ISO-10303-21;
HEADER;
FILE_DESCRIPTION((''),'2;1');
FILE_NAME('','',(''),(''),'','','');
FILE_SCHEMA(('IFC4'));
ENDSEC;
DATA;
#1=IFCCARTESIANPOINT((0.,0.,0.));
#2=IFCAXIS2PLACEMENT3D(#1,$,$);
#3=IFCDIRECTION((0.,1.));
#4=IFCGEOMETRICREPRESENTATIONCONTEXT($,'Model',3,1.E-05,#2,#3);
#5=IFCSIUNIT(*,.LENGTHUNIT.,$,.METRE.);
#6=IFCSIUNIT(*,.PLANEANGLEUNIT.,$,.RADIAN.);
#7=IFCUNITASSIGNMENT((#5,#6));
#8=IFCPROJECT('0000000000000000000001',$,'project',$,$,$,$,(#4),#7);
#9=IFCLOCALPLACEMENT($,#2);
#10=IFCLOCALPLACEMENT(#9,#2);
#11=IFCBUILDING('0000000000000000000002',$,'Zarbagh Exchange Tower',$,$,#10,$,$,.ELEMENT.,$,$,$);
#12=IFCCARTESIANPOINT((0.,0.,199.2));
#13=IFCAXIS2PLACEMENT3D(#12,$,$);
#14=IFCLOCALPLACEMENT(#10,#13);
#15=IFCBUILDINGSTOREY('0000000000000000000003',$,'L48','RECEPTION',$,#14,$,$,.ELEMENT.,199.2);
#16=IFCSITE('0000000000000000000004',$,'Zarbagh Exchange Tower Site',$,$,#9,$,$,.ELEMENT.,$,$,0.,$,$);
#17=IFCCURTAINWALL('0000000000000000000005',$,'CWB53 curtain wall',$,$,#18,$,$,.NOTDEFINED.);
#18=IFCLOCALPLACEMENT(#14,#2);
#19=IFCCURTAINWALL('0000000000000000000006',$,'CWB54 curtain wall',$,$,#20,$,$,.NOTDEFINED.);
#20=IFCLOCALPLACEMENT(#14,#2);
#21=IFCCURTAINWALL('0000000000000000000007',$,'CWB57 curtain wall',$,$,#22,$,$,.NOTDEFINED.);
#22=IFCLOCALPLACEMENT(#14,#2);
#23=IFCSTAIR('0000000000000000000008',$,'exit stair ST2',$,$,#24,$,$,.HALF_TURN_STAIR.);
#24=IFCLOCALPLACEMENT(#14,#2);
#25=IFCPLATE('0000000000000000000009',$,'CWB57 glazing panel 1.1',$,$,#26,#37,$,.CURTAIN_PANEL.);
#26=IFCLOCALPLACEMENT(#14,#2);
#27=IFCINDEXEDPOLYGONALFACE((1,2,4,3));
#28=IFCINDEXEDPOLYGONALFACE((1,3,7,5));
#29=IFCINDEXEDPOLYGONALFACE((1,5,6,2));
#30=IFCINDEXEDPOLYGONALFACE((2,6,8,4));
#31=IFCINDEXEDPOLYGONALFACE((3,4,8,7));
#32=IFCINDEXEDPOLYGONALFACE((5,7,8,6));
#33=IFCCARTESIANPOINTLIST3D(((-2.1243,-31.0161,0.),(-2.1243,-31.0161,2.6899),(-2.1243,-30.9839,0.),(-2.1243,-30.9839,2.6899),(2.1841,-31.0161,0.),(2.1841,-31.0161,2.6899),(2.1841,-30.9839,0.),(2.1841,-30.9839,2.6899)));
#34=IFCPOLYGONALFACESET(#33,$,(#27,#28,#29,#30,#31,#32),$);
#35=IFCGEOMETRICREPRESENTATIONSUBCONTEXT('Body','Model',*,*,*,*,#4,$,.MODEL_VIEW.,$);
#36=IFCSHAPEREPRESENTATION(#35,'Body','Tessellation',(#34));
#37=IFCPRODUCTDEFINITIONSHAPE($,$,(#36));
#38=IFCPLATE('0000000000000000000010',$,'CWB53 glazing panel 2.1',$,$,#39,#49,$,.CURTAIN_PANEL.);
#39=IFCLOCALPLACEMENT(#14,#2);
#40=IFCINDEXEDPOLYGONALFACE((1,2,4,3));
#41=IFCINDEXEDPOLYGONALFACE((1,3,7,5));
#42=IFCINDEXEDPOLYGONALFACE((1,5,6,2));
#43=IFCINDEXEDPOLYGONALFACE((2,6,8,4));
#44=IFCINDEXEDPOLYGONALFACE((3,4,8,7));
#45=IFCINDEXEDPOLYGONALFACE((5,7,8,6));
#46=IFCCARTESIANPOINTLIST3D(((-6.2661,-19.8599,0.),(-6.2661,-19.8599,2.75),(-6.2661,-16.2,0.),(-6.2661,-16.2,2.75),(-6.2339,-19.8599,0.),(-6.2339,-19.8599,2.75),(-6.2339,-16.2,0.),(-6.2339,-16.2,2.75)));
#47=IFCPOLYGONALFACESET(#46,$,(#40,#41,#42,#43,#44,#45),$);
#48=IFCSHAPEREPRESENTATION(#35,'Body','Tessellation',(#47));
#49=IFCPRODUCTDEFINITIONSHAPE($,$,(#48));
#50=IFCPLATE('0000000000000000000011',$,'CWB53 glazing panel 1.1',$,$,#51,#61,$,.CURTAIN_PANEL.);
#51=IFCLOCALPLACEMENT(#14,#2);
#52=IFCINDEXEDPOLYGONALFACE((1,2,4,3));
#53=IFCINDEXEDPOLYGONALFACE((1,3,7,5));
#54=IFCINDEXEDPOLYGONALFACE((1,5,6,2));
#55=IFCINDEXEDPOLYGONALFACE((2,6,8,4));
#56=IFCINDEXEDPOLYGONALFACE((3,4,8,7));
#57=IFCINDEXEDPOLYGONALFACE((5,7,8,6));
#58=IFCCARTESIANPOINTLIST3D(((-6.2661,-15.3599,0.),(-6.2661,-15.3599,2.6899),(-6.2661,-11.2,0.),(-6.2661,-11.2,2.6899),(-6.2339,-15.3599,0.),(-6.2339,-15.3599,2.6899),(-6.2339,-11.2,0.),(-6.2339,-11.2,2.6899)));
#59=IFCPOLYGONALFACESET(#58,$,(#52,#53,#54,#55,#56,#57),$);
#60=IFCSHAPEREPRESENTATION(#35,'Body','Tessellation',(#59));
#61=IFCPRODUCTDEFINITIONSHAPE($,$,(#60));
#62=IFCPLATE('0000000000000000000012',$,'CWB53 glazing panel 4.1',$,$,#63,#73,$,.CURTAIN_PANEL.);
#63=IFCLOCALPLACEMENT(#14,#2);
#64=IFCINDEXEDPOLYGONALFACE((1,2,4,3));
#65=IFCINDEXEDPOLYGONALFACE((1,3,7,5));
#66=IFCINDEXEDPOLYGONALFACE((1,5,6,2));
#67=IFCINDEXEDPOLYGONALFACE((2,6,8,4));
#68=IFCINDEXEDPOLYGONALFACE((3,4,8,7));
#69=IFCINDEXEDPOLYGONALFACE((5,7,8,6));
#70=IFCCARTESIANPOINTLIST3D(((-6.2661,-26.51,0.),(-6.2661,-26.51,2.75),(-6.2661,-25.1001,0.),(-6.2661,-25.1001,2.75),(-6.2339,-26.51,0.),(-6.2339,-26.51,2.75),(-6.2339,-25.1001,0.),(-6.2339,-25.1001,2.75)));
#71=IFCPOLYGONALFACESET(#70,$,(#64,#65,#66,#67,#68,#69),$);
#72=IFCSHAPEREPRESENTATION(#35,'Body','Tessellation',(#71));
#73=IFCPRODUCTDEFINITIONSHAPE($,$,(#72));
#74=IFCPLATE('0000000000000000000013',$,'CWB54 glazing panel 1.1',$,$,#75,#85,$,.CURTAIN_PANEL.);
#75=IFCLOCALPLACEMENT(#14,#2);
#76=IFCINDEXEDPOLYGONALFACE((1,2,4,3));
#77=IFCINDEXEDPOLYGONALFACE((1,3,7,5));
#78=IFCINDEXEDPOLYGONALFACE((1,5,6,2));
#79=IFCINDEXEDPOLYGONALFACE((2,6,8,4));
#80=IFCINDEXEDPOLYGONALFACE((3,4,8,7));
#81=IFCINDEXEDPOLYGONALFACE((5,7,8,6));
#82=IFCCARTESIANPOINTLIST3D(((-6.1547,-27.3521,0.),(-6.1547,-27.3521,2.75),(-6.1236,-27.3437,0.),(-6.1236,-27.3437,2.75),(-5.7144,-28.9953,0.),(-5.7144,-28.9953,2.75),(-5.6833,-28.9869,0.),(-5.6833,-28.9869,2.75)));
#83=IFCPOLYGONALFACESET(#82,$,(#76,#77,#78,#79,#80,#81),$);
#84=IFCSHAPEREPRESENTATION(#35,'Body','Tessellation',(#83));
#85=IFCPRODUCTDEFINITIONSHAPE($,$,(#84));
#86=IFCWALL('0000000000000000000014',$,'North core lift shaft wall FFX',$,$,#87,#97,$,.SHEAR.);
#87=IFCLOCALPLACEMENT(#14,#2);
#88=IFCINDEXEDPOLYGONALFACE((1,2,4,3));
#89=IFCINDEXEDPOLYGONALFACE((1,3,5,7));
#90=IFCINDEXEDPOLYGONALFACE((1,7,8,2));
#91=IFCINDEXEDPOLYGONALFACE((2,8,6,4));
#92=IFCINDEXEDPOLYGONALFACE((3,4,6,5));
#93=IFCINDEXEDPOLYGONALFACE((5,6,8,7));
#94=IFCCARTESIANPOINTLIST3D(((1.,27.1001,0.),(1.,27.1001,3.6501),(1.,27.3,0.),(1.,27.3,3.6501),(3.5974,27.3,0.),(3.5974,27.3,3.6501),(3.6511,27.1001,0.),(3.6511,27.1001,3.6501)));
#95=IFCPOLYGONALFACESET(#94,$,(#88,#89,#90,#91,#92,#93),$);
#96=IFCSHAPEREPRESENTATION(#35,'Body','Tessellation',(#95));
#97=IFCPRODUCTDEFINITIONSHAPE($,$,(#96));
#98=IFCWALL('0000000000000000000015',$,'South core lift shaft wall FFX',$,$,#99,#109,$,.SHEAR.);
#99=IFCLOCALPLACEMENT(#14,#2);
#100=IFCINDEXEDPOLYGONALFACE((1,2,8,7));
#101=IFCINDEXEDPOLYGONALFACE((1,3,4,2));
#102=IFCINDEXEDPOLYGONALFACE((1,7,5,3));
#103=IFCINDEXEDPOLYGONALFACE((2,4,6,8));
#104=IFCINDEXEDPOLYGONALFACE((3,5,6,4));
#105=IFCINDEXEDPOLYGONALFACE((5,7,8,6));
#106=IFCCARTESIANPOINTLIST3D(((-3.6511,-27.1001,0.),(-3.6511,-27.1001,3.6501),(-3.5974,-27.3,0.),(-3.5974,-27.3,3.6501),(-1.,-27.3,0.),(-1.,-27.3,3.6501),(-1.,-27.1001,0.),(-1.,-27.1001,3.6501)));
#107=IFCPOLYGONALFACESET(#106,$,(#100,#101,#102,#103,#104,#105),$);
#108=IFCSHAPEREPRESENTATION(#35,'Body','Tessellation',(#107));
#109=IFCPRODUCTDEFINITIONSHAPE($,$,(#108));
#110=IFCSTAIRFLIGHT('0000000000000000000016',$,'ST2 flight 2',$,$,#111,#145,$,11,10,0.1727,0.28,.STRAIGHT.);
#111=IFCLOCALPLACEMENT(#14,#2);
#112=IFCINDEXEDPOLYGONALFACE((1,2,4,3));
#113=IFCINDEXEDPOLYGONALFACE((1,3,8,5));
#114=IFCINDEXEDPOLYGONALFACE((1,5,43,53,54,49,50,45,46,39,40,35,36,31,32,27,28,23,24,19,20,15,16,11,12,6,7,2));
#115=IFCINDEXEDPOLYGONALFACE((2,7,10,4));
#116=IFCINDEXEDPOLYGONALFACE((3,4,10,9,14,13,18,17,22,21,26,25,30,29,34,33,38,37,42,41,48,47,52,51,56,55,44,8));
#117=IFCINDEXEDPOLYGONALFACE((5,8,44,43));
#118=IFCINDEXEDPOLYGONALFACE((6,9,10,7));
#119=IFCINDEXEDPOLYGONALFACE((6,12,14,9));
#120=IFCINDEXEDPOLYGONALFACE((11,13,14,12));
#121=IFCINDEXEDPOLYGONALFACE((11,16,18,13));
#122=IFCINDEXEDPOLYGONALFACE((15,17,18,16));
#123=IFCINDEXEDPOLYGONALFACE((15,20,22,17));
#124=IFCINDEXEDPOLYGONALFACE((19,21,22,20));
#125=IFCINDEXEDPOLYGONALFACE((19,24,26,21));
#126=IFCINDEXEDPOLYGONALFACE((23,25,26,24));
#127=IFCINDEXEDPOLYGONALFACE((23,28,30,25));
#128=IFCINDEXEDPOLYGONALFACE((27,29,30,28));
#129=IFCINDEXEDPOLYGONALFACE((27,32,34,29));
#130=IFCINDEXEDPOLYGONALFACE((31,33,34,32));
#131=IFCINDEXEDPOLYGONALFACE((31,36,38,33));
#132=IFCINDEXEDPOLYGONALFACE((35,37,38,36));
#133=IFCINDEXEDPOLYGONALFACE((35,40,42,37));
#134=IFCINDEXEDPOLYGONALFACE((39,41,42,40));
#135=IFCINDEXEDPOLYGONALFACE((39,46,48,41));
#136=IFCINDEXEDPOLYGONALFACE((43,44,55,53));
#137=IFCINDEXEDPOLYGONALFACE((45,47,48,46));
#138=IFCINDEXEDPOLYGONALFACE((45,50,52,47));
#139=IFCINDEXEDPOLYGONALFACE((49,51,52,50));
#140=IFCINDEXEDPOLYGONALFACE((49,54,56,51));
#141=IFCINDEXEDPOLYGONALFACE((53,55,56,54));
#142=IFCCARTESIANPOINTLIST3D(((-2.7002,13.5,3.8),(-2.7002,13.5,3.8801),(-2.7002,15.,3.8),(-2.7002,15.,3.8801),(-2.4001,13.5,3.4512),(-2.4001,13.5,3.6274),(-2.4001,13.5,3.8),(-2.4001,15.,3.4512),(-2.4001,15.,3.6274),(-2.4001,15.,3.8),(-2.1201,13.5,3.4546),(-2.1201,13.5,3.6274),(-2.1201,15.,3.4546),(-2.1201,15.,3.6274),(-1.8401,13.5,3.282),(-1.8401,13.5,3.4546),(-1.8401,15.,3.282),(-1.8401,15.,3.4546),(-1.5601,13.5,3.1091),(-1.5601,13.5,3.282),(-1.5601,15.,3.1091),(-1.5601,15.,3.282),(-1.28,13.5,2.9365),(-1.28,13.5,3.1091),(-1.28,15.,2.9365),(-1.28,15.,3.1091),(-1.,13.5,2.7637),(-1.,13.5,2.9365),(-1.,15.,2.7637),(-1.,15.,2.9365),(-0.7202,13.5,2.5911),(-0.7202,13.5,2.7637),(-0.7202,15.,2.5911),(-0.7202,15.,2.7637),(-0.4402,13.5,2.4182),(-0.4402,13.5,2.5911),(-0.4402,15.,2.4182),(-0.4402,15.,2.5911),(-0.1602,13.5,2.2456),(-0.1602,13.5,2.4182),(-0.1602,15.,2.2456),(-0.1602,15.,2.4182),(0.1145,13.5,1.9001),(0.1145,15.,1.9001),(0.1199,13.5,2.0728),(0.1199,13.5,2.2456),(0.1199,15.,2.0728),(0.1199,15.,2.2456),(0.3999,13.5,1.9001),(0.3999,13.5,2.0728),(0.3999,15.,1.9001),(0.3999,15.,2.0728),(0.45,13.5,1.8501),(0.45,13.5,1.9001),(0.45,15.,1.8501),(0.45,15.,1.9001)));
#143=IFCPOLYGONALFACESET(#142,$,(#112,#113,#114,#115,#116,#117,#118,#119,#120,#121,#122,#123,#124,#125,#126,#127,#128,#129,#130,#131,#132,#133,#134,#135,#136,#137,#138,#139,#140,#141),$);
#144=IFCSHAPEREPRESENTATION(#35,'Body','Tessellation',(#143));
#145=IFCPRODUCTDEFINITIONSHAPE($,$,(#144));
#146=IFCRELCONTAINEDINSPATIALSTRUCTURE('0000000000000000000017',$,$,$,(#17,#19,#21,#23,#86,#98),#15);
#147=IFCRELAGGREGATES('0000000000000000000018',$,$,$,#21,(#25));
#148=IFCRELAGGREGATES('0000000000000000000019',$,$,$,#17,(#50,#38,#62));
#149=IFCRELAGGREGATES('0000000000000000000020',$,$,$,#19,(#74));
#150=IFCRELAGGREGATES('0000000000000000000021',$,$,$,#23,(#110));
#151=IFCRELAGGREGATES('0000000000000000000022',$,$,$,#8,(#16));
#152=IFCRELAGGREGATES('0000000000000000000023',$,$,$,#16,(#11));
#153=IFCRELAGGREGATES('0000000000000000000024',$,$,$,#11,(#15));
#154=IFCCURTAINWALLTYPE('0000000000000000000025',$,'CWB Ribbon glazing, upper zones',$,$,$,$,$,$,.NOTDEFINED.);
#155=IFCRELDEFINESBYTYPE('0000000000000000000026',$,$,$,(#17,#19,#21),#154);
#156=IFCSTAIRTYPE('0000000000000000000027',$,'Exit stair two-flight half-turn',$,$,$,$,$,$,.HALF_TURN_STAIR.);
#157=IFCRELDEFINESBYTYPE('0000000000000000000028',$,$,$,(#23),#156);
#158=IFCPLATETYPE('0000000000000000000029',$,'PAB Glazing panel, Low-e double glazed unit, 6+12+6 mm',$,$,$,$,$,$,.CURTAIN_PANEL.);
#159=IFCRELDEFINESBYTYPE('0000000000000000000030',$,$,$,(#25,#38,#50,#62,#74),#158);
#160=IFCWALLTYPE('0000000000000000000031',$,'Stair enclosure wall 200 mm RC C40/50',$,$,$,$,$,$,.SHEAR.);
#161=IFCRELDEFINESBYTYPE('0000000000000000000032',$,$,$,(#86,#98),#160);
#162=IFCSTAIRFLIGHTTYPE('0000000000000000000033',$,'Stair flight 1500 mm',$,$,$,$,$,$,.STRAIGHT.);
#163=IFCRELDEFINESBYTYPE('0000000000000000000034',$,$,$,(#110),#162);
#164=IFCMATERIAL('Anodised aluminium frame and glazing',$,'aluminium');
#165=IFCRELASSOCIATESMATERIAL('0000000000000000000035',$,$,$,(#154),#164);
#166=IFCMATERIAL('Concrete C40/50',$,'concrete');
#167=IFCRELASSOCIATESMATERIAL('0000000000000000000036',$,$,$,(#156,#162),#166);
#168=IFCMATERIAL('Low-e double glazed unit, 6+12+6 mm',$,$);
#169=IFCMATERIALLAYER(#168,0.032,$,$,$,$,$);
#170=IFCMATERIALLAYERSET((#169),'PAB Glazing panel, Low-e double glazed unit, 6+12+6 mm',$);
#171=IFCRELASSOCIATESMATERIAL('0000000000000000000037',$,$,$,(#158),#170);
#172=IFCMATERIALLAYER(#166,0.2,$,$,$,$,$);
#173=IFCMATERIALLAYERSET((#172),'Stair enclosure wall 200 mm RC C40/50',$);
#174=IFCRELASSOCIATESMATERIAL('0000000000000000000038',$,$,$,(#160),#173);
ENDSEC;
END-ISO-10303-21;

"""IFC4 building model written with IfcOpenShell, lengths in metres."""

from ifc_helpers import new_model, si_unit, direction, frame, origin, place, context, subcontext, project, spatial, polyline, outline, extrude, source, transform, mapped, material, layer, layer_set, type_object, element, aggregate, save


model = new_model("IFC4")

# Units and contexts
model_context = context("Model", 3, precision=1e-05, world=origin(), true_north=direction((0.0, 1.0)))
body_context = subcontext(model_context, "Body", "Model", "MODEL_VIEW")
ifc_project = project(units=[si_unit("LENGTHUNIT", "METRE"), si_unit("PLANEANGLEUNIT", "RADIAN")], contexts=[model_context])

# Site, building, storey
site_placement = place(None, origin())
site = spatial("IfcSite", under=ifc_project, at=site_placement, Name="Zarbagh Exchange Tower Site", CompositionType="ELEMENT", RefElevation=0.0)
building_placement = place(site_placement, origin())
building = spatial("IfcBuilding", under=site, at=building_placement, Name="Zarbagh Exchange Tower", CompositionType="ELEMENT")
storey_placement = place(building_placement, frame((0.0, 0.0, 199.2)))
storey = spatial("IfcBuildingStorey", under=building, at=storey_placement, Name="L48", Description="RECEPTION", CompositionType="ELEMENT", Elevation=199.2)

# Curtain wall
ifc_material_1 = material(Name="Anodised aluminium frame and glazing", Category="aluminium")
curtain_wall_type = type_object("IfcCurtainWallType", Name="CWB Ribbon glazing, upper zones", PredefinedType="NOTDEFINED", material=ifc_material_1)
curtain_wall_1_placement = place(storey_placement, origin())
curtain_wall_1 = element("IfcCurtainWall", 1, at=curtain_wall_1_placement, inside=storey, type_object=curtain_wall_type, Name="CWB53 curtain wall", PredefinedType="NOTDEFINED")
placement = place(storey_placement, origin())

# Curtain wall
curtain_wall_2_placement = place(storey_placement, origin())
curtain_wall_2 = element("IfcCurtainWall", 2, at=curtain_wall_2_placement, inside=storey, type_object=curtain_wall_type, Name="CWB54 curtain wall", PredefinedType="NOTDEFINED")

# Curtain wall
curtain_wall_3_placement = place(storey_placement, origin())
curtain_wall_3 = element("IfcCurtainWall", 3, at=curtain_wall_3_placement, inside=storey, type_object=curtain_wall_type, Name="CWB57 curtain wall", PredefinedType="NOTDEFINED")

# Stair
ifc_material_2 = material(Name="Concrete C40/50", Category="concrete")
stair_type = type_object("IfcStairType", Name="Exit stair two-flight half-turn", PredefinedType="HALF_TURN_STAIR", material=ifc_material_2)
stair_1_placement = place(storey_placement, origin())
stair_1 = element("IfcStair", 4, at=stair_1_placement, inside=storey, type_object=stair_type, Name="exit stair ST2", PredefinedType="HALF_TURN_STAIR")

# Shared definitions
ifc_material_3 = material(Name="Low-e double glazed unit, 6+12+6 mm")
ifc_layer_1 = layer(ifc_material_3, 0.032)
ifc_layer_set_1 = layer_set([ifc_layer_1], Name="PAB Glazing panel, Low-e double glazed unit, 6+12+6 mm")
plate_type = type_object("IfcPlateType", Name="PAB Glazing panel, Low-e double glazed unit, 6+12+6 mm", PredefinedType="CURTAIN_PANEL", material=ifc_layer_set_1)

# Plates
shared_shape_1 = source(origin(), body_context, "Body", "SweptSolid", [
    extrude(outline(polyline([(0.0, -0.0161), (4.3083, -0.0161), (4.3083, 0.0161), (0.0, 0.0161), (0.0, -0.0161)])), origin(), (0.0, 0.0, 1.0), 2.6899),
])
plate_1 = element("IfcPlate", 5, at=placement, type_object=plate_type, Name="CWB57 glazing panel 1.1", PredefinedType="CURTAIN_PANEL", context=body_context, shape_type="MappedRepresentation", body=[
    mapped(shared_shape_1, transform((-2.1243, -31.0, 0.0), x_axis=(1.0, 0.0, 0.0), y_axis=(0.0, 1.0, 0.0), z_axis=(0.0, 0.0, 1.0))),
])
aggregate(curtain_wall_3, [plate_1])
shared_shape_2 = source(origin(), body_context, "Body", "SweptSolid", [
    extrude(outline(polyline([(0.0, -0.0161), (3.6599, -0.0161), (3.6599, 0.0161), (0.0, 0.0161), (0.0, -0.0161)])), origin(), (0.0, 0.0, 1.0), 2.75),
])
plate_2 = element("IfcPlate", 6, at=placement, type_object=plate_type, Name="CWB53 glazing panel 2.1", PredefinedType="CURTAIN_PANEL", context=body_context, shape_type="MappedRepresentation", body=[
    mapped(shared_shape_2, transform((-6.25, -16.2, 0.0), x_axis=(0.0, -1.0, 0.0), y_axis=(1.0, 0.0, 0.0), z_axis=(0.0, 0.0, 1.0))),
])
shared_shape_3 = source(origin(), body_context, "Body", "SweptSolid", [
    extrude(outline(polyline([(0.0, -0.0161), (4.1599, -0.0161), (4.1599, 0.0161), (0.0, 0.0161), (0.0, -0.0161)])), origin(), (0.0, 0.0, 1.0), 2.6899),
])
plate_3 = element("IfcPlate", 7, at=placement, type_object=plate_type, Name="CWB53 glazing panel 1.1", PredefinedType="CURTAIN_PANEL", context=body_context, shape_type="MappedRepresentation", body=[
    mapped(shared_shape_3, transform((-6.25, -11.2, 0.0), x_axis=(0.0, -1.0, 0.0), y_axis=(1.0, 0.0, 0.0), z_axis=(0.0, 0.0, 1.0))),
])
shared_shape_4 = source(origin(), body_context, "Body", "SweptSolid", [
    extrude(outline(polyline([(0.0, -0.0161), (1.4099, -0.0161), (1.4099, 0.0161), (0.0, 0.0161), (0.0, -0.0161)])), origin(), (0.0, 0.0, 1.0), 2.75),
])
plate_4 = element("IfcPlate", 8, at=placement, type_object=plate_type, Name="CWB53 glazing panel 4.1", PredefinedType="CURTAIN_PANEL", context=body_context, shape_type="MappedRepresentation", body=[
    mapped(shared_shape_4, transform((-6.25, -25.1001, 0.0), x_axis=(0.0, -1.0, 0.0), y_axis=(1.0, 0.0, 0.0), z_axis=(0.0, 0.0, 1.0))),
])
aggregate(curtain_wall_1, [plate_3, plate_2, plate_4])
shared_shape_5 = source(origin(), body_context, "Body", "SweptSolid", [
    extrude(outline(polyline([(0.0, -0.0161), (1.7012, -0.0161), (1.7012, 0.0161), (0.0, 0.0161), (0.0, -0.0161)])), origin(), (0.0, 0.0, 1.0), 2.75),
])
plate_5 = element("IfcPlate", 9, at=placement, type_object=plate_type, Name="CWB54 glazing panel 1.1", PredefinedType="CURTAIN_PANEL", context=body_context, shape_type="MappedRepresentation", body=[
    mapped(shared_shape_5, transform((-6.1392, -27.3479, 0.0), x_axis=(0.258825, -0.965924, 0.0), y_axis=(0.965924, 0.258825, 0.0), z_axis=(0.0, 0.0, 1.0))),
])
aggregate(curtain_wall_2, [plate_5])

# Walls
ifc_layer_2 = layer(ifc_material_2, 0.2)
ifc_layer_set_2 = layer_set([ifc_layer_2], Name="Stair enclosure wall 200 mm RC C40/50")
wall_type = type_object("IfcWallType", Name="Stair enclosure wall 200 mm RC C40/50", PredefinedType="SHEAR", material=ifc_layer_set_2)
wall_1_placement = place(storey_placement, origin())
element("IfcWall", 10, at=wall_1_placement, inside=storey, type_object=wall_type, Name="North core lift shaft wall FFX", PredefinedType="SHEAR", context=body_context, shape_type="SweptSolid", body=[
    extrude(outline(polyline([(1.0, 27.1001), (3.6511, 27.1001), (3.5974, 27.3), (1.0, 27.3), (1.0, 27.1001)])), origin(), (0.0, 0.0, 1.0), 3.6501),
])
wall_2_placement = place(storey_placement, origin())
element("IfcWall", 11, at=wall_2_placement, inside=storey, type_object=wall_type, Name="South core lift shaft wall FFX", PredefinedType="SHEAR", context=body_context, shape_type="SweptSolid", body=[
    extrude(outline(polyline([(-1.0, -27.1001), (-3.6511, -27.1001), (-3.5974, -27.3), (-1.0, -27.3), (-1.0, -27.1001)])), origin(), (0.0, 0.0, 1.0), 3.6501),
])

# Stair flight
stair_flight_type = type_object("IfcStairFlightType", Name="Stair flight 1500 mm", PredefinedType="STRAIGHT", material=ifc_material_2)
stair_flight_placement = place(storey_placement, frame((0.3999, 14.25, 1.9001), z_axis=(0.0, 0.0, 1.0), x_axis=(-1.0, 0.0, 0.0)))
stair_flight = element("IfcStairFlight", 12, at=stair_flight_placement, type_object=stair_flight_type, Name="ST2 flight 2", NumberOfRisers=11, NumberOfTreads=10, PredefinedType="STRAIGHT", RiserHeight=0.1727, TreadLength=0.28, context=body_context, shape_type="SweptSolid", body=[
    extrude(outline(polyline([(-0.05, -0.05), (-0.05, 0.0), (0.0, 0.0), (0.0, 0.1726), (0.28, 0.1726), (0.28, 0.3455), (0.5601, 0.3455), (0.5601, 0.5181), (0.8401, 0.5181), (0.8401, 0.6909), (1.1201, 0.6909), (1.1201, 0.8635), (1.3999, 0.8635), (1.3999, 1.0364), (1.6799, 1.0364), (1.6799, 1.209), (1.96, 1.209), (1.96, 1.3818), (2.24, 1.3818), (2.24, 1.5544), (2.52, 1.5544), (2.52, 1.7273), (2.8, 1.7273), (2.8, 1.8999), (3.1001, 1.98), (3.1001, 1.8999), (2.8, 1.551), (0.2854, 0.0), (-0.05, -0.05)])), frame((0.0, 0.75, 0.0), z_axis=(0.0, -1.0, 0.0), x_axis=(1.0, 0.0, 0.0)), (0.0, 0.0, 1.0), 1.5),
])
aggregate(stair_1, [stair_flight])

save(model, "model.ifc")
